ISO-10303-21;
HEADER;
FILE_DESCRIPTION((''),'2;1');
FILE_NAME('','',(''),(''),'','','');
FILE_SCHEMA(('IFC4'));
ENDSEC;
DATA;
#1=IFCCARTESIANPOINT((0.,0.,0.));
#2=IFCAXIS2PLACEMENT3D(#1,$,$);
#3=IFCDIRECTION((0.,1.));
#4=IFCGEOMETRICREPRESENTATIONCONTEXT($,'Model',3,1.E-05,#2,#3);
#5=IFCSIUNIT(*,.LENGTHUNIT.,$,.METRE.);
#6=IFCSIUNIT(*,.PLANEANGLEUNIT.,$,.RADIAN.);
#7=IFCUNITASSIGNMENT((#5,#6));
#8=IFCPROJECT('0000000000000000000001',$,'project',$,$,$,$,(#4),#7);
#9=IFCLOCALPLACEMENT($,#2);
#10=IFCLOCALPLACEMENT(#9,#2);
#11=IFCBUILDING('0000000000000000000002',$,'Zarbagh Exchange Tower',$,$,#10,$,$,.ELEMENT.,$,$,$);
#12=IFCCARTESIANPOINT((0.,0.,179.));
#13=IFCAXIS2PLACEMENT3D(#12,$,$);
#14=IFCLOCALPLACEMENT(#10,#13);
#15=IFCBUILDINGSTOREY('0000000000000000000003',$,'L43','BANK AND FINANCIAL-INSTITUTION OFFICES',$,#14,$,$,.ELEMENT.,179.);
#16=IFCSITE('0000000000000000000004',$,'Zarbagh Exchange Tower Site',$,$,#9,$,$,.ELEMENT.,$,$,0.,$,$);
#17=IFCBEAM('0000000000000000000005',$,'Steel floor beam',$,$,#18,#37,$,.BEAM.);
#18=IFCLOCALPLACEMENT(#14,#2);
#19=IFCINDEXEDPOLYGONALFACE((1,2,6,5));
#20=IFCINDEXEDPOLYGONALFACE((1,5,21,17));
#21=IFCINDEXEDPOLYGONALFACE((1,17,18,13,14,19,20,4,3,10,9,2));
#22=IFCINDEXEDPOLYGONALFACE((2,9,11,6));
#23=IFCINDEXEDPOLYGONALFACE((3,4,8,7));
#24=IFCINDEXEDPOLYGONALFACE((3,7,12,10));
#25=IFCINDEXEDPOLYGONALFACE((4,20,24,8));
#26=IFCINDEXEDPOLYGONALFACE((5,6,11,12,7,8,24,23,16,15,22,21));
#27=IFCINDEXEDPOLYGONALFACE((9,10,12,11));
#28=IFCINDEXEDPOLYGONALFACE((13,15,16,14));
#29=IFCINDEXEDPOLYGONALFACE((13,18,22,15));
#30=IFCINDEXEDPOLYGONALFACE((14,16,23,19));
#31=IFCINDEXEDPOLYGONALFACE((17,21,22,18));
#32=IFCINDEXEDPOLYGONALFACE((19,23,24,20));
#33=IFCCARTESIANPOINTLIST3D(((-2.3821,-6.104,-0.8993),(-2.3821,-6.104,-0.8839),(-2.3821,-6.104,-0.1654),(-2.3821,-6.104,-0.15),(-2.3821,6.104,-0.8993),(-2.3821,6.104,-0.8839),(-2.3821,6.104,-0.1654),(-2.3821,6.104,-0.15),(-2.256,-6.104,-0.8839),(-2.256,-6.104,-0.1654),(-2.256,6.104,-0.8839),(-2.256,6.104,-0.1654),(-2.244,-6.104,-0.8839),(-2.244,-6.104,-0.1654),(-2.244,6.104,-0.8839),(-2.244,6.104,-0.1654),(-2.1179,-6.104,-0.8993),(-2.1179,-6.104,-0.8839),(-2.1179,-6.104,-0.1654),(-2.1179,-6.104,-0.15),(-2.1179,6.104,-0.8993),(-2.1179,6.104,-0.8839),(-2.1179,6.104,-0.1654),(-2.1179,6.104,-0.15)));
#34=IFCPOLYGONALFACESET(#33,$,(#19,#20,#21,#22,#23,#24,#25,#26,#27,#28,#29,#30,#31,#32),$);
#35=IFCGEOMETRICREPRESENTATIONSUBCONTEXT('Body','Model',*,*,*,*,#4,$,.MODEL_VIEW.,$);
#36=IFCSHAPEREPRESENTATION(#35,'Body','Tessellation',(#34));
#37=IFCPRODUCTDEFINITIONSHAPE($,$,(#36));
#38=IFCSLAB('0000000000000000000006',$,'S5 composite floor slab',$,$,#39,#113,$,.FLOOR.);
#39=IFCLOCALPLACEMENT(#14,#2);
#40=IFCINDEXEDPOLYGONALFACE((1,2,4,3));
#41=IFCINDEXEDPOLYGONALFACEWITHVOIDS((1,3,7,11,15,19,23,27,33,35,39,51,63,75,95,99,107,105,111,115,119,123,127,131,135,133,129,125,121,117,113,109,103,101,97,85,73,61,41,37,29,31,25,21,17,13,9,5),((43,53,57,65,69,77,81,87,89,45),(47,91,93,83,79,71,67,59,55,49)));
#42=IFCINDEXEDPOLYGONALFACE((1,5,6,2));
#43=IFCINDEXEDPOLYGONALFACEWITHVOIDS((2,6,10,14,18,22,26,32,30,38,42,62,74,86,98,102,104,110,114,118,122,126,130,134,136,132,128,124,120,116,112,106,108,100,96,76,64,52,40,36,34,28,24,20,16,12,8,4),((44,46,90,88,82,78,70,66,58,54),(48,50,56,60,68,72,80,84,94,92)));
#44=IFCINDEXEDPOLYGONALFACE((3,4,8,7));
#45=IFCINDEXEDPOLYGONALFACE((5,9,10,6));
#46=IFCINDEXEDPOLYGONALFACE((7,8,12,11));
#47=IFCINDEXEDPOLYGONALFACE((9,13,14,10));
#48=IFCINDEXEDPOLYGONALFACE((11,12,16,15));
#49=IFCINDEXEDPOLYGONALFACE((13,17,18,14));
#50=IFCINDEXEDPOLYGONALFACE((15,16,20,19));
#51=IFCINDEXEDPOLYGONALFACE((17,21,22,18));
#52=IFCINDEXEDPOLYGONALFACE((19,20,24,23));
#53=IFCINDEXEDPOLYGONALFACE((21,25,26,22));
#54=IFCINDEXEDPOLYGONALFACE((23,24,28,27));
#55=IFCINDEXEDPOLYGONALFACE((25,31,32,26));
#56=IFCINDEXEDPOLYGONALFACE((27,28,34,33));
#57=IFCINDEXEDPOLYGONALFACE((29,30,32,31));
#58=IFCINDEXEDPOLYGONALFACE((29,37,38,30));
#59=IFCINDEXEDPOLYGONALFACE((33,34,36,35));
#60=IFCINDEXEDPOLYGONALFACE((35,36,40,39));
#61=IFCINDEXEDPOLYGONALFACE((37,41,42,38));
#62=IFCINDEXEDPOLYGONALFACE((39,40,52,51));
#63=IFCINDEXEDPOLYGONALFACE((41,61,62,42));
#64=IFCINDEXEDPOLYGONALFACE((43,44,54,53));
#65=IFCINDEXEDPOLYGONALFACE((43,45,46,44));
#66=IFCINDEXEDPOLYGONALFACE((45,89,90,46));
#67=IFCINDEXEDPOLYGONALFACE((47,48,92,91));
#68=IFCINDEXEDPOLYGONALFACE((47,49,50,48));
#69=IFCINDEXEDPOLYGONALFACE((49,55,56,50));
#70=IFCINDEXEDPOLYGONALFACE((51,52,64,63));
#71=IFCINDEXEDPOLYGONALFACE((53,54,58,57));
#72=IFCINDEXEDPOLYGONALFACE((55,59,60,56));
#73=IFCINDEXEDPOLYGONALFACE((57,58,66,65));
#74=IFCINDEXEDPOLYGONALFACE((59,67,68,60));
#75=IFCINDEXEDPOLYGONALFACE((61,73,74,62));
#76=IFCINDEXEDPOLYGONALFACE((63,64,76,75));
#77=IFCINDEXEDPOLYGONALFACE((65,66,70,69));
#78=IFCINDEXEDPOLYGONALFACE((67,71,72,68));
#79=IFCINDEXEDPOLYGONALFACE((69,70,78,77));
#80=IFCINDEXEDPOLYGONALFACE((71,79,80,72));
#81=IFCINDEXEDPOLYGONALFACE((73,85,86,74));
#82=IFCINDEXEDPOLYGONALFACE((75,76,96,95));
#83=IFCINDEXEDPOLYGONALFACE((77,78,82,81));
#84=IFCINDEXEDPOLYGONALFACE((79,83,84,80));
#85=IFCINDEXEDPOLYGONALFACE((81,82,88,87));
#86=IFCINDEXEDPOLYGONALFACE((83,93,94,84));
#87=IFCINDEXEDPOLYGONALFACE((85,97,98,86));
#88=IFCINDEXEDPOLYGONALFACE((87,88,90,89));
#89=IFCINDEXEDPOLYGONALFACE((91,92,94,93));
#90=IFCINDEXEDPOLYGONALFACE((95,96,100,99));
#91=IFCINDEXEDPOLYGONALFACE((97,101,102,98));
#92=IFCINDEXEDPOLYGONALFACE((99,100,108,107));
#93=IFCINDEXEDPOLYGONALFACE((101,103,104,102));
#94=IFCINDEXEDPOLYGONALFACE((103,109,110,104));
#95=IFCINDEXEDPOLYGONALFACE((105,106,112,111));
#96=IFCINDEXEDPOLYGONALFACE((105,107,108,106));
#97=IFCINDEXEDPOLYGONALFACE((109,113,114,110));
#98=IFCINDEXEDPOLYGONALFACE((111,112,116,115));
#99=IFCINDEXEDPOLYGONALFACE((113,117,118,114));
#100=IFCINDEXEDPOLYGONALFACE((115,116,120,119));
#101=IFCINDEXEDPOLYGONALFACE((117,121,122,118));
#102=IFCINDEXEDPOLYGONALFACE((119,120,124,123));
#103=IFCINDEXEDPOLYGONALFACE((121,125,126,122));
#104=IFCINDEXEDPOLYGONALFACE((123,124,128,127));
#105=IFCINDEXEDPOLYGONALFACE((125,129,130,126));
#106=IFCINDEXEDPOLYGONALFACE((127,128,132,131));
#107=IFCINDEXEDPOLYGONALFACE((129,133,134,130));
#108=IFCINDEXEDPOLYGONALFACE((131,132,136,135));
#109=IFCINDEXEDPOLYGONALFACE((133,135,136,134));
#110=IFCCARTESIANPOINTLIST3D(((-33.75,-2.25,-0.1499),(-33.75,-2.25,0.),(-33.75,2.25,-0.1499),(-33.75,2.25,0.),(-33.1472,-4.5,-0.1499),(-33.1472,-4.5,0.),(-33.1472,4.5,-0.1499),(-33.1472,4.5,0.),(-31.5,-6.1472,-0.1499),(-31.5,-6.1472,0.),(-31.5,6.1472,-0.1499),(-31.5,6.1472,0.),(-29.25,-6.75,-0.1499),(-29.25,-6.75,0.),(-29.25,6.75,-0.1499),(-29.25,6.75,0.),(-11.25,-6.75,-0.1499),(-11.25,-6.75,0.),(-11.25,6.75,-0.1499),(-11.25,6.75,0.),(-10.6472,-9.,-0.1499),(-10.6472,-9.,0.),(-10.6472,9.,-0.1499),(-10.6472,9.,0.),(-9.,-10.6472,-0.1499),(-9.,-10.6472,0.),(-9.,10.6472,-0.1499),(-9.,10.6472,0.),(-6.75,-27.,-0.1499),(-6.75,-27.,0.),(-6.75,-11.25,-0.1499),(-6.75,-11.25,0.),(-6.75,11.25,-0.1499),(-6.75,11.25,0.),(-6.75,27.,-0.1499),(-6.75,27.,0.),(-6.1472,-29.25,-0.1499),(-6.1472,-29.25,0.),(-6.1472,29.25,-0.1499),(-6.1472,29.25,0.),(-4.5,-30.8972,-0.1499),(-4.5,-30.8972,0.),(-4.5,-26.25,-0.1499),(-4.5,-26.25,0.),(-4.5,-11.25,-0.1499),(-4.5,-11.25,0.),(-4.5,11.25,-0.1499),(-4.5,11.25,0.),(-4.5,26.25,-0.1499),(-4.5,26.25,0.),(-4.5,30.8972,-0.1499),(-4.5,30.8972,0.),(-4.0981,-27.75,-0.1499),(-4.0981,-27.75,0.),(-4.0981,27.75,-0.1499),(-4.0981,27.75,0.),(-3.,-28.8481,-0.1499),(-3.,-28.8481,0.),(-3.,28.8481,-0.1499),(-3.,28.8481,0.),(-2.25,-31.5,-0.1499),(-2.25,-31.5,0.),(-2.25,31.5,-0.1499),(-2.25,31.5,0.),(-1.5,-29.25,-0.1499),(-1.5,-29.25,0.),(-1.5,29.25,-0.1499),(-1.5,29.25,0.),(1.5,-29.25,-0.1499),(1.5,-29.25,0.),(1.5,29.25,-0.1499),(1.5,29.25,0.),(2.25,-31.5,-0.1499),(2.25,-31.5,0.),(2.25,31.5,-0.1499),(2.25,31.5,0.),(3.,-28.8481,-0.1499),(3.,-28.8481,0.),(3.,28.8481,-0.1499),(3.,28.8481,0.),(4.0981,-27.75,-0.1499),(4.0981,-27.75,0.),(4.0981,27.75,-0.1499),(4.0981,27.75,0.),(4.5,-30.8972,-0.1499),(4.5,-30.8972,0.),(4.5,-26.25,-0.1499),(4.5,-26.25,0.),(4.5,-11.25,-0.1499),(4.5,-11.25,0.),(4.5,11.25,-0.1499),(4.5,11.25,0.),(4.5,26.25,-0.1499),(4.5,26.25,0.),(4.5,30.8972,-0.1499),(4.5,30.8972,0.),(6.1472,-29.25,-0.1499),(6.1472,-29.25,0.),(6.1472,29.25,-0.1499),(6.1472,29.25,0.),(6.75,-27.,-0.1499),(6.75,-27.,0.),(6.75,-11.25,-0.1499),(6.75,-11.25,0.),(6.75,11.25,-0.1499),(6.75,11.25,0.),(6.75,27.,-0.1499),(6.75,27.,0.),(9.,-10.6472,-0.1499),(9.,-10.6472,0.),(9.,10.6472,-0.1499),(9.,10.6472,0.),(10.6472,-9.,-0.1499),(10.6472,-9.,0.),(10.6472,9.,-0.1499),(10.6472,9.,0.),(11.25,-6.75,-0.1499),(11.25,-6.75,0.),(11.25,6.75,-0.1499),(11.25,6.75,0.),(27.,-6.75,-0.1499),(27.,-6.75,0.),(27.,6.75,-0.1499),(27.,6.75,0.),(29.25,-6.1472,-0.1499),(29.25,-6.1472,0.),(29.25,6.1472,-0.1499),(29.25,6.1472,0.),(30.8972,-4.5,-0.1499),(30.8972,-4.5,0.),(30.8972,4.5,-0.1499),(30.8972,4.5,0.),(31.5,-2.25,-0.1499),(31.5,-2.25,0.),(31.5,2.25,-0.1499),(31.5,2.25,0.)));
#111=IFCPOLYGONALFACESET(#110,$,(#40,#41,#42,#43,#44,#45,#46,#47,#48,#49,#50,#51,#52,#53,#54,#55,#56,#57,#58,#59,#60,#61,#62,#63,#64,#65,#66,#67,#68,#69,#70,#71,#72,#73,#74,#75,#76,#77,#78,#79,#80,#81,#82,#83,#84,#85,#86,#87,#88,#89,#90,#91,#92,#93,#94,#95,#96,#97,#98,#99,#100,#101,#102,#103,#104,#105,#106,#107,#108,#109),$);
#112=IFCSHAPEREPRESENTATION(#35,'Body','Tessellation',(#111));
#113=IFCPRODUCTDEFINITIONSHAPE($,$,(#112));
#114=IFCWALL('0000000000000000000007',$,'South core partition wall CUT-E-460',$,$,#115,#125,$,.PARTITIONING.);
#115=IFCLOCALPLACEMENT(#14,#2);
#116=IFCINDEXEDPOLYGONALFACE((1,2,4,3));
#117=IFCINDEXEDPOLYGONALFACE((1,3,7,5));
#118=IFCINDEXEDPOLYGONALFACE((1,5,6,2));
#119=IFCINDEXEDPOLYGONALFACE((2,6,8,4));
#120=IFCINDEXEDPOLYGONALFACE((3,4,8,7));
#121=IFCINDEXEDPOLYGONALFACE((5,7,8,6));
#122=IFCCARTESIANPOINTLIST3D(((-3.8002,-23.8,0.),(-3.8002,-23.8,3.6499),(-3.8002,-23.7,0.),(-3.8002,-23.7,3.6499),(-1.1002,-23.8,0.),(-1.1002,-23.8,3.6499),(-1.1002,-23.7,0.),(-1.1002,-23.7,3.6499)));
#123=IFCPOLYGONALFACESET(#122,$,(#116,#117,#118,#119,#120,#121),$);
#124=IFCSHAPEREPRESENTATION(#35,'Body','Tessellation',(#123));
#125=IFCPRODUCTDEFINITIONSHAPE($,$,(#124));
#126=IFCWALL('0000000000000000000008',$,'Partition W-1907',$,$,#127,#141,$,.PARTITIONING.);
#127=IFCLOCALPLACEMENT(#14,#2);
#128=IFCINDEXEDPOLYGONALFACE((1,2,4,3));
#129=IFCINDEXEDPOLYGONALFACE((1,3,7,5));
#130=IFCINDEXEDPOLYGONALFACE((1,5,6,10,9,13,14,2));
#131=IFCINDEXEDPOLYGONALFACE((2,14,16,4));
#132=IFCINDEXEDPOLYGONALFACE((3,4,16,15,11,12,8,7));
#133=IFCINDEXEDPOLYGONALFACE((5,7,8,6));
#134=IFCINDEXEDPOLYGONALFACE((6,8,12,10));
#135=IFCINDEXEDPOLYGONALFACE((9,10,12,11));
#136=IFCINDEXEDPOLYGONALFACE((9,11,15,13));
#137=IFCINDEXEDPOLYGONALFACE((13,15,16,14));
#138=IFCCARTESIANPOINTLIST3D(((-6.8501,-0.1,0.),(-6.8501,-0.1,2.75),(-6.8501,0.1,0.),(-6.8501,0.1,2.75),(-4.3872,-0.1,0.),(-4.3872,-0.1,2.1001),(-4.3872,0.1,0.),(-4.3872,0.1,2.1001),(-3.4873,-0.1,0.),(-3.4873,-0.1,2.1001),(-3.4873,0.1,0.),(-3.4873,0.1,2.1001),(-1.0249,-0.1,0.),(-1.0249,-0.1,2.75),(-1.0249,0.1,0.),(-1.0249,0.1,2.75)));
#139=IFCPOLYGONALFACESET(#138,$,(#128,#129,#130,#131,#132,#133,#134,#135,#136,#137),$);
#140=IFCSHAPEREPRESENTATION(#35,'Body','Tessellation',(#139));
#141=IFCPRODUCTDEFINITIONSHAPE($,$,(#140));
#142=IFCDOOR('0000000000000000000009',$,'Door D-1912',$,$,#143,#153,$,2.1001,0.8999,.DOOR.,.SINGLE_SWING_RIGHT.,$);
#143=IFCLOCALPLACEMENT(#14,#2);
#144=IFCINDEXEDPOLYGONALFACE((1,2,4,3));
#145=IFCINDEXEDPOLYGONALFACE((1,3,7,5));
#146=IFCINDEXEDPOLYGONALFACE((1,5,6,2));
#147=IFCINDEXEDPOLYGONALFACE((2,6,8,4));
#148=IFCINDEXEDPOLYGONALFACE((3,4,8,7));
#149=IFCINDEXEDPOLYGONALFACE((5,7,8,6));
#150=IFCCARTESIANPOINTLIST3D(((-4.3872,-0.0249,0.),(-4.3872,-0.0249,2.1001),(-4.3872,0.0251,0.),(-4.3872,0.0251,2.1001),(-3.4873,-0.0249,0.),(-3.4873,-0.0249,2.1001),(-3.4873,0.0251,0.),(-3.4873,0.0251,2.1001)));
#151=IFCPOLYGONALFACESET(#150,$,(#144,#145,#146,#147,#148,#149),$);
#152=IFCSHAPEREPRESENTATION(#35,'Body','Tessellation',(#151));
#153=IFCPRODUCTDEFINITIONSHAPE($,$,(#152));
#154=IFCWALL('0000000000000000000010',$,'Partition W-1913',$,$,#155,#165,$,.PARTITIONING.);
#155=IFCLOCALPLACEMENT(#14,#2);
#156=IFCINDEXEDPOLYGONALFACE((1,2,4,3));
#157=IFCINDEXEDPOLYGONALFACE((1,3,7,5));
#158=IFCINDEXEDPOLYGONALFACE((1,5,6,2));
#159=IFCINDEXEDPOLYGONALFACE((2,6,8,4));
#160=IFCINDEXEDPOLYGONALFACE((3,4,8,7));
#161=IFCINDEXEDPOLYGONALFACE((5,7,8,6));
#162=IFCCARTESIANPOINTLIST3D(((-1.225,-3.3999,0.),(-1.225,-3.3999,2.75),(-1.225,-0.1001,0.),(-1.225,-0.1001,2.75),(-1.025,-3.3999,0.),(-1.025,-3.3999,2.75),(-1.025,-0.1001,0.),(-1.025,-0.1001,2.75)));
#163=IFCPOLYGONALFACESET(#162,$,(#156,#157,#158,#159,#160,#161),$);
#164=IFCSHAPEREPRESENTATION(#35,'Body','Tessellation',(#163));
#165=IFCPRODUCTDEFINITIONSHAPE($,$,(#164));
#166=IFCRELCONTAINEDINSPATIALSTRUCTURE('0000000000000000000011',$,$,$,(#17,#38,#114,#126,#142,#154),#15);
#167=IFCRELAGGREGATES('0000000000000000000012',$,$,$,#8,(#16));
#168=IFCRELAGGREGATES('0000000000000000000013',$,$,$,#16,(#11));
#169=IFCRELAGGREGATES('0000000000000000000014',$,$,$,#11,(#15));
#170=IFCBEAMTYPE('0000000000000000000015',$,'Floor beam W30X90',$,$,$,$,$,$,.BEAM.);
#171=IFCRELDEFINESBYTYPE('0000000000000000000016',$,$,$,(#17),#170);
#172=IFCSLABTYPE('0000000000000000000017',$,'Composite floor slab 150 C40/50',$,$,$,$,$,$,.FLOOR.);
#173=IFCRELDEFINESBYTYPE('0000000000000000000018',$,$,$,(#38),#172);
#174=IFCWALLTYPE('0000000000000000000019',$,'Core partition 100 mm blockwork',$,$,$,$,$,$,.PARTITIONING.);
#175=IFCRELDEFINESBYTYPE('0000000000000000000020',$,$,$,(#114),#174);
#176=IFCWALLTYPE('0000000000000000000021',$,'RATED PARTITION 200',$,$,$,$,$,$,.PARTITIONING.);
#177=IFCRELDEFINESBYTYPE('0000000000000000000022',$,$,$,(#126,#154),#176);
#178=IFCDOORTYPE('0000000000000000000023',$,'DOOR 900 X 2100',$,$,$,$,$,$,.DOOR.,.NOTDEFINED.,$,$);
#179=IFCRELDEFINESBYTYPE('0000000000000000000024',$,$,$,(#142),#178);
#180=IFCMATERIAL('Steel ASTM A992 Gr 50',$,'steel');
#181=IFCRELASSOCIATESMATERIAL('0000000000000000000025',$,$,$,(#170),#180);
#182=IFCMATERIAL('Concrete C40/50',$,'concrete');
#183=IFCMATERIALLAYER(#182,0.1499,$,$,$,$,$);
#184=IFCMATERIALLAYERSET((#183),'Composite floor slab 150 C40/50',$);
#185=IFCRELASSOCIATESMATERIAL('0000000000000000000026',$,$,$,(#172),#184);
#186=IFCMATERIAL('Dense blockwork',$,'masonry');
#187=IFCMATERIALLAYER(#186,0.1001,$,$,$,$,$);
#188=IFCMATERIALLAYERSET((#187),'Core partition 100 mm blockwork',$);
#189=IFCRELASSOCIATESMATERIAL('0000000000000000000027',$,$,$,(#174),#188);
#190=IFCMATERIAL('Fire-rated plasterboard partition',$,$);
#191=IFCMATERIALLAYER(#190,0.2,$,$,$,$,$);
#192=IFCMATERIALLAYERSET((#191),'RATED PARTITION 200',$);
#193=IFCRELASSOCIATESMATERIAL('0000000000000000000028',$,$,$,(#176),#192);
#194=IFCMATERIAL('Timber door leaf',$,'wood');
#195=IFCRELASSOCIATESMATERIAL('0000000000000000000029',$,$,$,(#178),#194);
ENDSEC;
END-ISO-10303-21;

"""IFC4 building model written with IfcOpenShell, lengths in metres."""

from ifc_helpers import new_model, si_unit, direction, frame, frame_2d, origin, origin_2d, place, context, subcontext, project, spatial, polyline, rectangle, i_section, outline, extrude, material, layer, layer_set, material_profile, profile_set, type_object, element, fill, save


model = new_model("IFC4")

# Units and contexts
model_context = context("Model", 3, precision=1e-05, world=origin(), true_north=direction((0.0, 1.0)))
body_context = subcontext(model_context, "Body", "Model", "MODEL_VIEW")
ifc_project = project(units=[si_unit("LENGTHUNIT", "METRE"), si_unit("PLANEANGLEUNIT", "RADIAN")], contexts=[model_context])

# Site, building, storey
site_placement = place(None, origin())
site = spatial("IfcSite", under=ifc_project, at=site_placement, Name="Zarbagh Exchange Tower Site", CompositionType="ELEMENT", RefElevation=0.0)
building_placement = place(site_placement, origin())
building = spatial("IfcBuilding", under=site, at=building_placement, Name="Zarbagh Exchange Tower", CompositionType="ELEMENT")
storey_placement = place(building_placement, frame((0.0, 0.0, 179.0)))
storey = spatial("IfcBuildingStorey", under=building, at=storey_placement, Name="L43", Description="BANK AND FINANCIAL-INSTITUTION OFFICES", CompositionType="ELEMENT", Elevation=179.0)

# Beam
ifc_material_1 = material(Name="Steel ASTM A992 Gr 50", Category="steel")
ifc_material_profile = material_profile(ifc_material_1, i_section(OverallWidth=0.2642, OverallDepth=0.7493, WebThickness=0.012, FlangeThickness=0.0154, at=origin_2d()), Name="W30X90")
ifc_profile_set = profile_set([ifc_material_profile], Name="Steel ASTM A992 Gr 50")
beam_type = type_object("IfcBeamType", Name="Floor beam W30X90", PredefinedType="BEAM", material=ifc_profile_set)
beam_placement = place(storey_placement, frame((-2.25, -6.104, -0.5247), z_axis=(0.0, 1.0, 0.0), x_axis=(-1.0, 0.0, 0.0)))
element("IfcBeam", 1, at=beam_placement, inside=storey, type_object=beam_type, Name="Steel floor beam", PredefinedType="BEAM", context=body_context, shape_type="SweptSolid", body=[
    extrude(i_section(OverallWidth=0.2642, OverallDepth=0.7493, WebThickness=0.012, FlangeThickness=0.0154, at=origin_2d()), origin(), (0.0, 0.0, 1.0), 12.208),
])

# Slab
ifc_material_2 = material(Name="Concrete C40/50", Category="concrete")
ifc_layer_1 = layer(ifc_material_2, 0.1499)
ifc_layer_set_1 = layer_set([ifc_layer_1], Name="Composite floor slab 150 C40/50")
slab_type = type_object("IfcSlabType", Name="Composite floor slab 150 C40/50", PredefinedType="FLOOR", material=ifc_layer_set_1)
slab_placement = place(storey_placement, frame((0.0, 0.0, -0.1499)))
element("IfcSlab", 2, at=slab_placement, inside=storey, type_object=slab_type, Name="S5 composite floor slab", PredefinedType="FLOOR", context=body_context, shape_type="SweptSolid", body=[
    extrude(outline(polyline([(-2.25, -31.5), (-4.5, -30.8972), (-6.1472, -29.25), (-6.75, -27.0), (-6.75, -11.25), (-9.0, -10.6472), (-10.6472, -9.0), (-11.25, -6.75), (-29.25, -6.75), (-31.5, -6.1472), (-33.1472, -4.5), (-33.75, -2.25), (-33.75, 2.25), (-33.1472, 4.5), (-31.5, 6.1472), (-29.25, 6.75), (-11.25, 6.75), (-10.6472, 9.0), (-9.0, 10.6472), (-6.75, 11.25), (-6.75, 27.0), (-6.1472, 29.25), (-4.5, 30.8972), (-2.25, 31.5), (2.25, 31.5), (4.5, 30.8972), (6.1472, 29.25), (6.75, 27.0), (6.75, 11.25), (9.0, 10.6472), (10.6472, 9.0), (11.25, 6.75), (27.0, 6.75), (29.25, 6.1472), (30.8972, 4.5), (31.5, 2.25), (31.5, -2.25), (30.8972, -4.5), (29.25, -6.1472), (27.0, -6.75), (11.25, -6.75), (10.6472, -9.0), (9.0, -10.6472), (6.75, -11.25), (6.75, -27.0), (6.1472, -29.25), (4.5, -30.8972), (2.25, -31.5), (-2.25, -31.5)]), holes=[polyline([(4.5, 11.25), (4.5, 26.25), (4.0981, 27.75), (3.0, 28.8481), (1.5, 29.25), (-1.5, 29.25), (-3.0, 28.8481), (-4.0981, 27.75), (-4.5, 26.25), (-4.5, 11.25), (4.5, 11.25)]), polyline([(-1.5, -29.25), (1.5, -29.25), (3.0, -28.8481), (4.0981, -27.75), (4.5, -26.25), (4.5, -11.25), (-4.5, -11.25), (-4.5, -26.25), (-4.0981, -27.75), (-3.0, -28.8481), (-1.5, -29.25)])]), origin(), (0.0, 0.0, 1.0), 0.1499),
])

# Wall
ifc_material_3 = material(Name="Dense blockwork", Category="masonry")
ifc_layer_2 = layer(ifc_material_3, 0.1001)
ifc_layer_set_2 = layer_set([ifc_layer_2], Name="Core partition 100 mm blockwork")
wall_type_1 = type_object("IfcWallType", Name="Core partition 100 mm blockwork", PredefinedType="PARTITIONING", material=ifc_layer_set_2)
wall_1_placement = place(storey_placement, frame((-1.1001, -23.75, 0.0), z_axis=(0.0, 0.0, 1.0), x_axis=(-1.0, 0.0, 0.0)))
element("IfcWall", 3, at=wall_1_placement, inside=storey, type_object=wall_type_1, Name="South core partition wall CUT-E-460", PredefinedType="PARTITIONING", context=body_context, shape_type="SweptSolid", body=[
    extrude(rectangle(XDim=2.7, YDim=0.1001, at=frame_2d((1.3501, 0.0))), origin(), (0.0, 0.0, 1.0), 3.6499),
])

# Wall, opening, door
ifc_material_4 = material(Name="Fire-rated plasterboard partition")
ifc_layer_3 = layer(ifc_material_4, 0.2)
ifc_layer_set_3 = layer_set([ifc_layer_3], Name="RATED PARTITION 200")
wall_type_2 = type_object("IfcWallType", Name="RATED PARTITION 200", PredefinedType="PARTITIONING", material=ifc_layer_set_3)
wall_2_placement = place(storey_placement, frame((-1.0249, 0.0, 0.0), z_axis=(0.0, 0.0, 1.0), x_axis=(-1.0, 0.0, 0.0)))
wall_2 = element("IfcWall", 4, at=wall_2_placement, inside=storey, type_object=wall_type_2, Name="Partition W-1907", PredefinedType="PARTITIONING", context=body_context, shape_type="SweptSolid", body=[
    extrude(rectangle(XDim=5.8252, YDim=0.2, at=frame_2d((2.9126, 0.0))), origin(), (0.0, 0.0, 1.0), 2.75),
])
opening_1_placement = place(wall_2_placement, frame((2.4624, 0.0, 0.0)))
opening_1 = element("IfcOpeningElement", 5, at=opening_1_placement, cuts=wall_2, PredefinedType="OPENING", context=body_context, shape_type="SweptSolid", body=[
    extrude(rectangle(XDim=0.8999, YDim=2.1001, at=frame_2d((0.45, 1.05))), frame((0.0, 0.1099, 0.0), z_axis=(0.0, -1.0, 0.0), x_axis=(1.0, 0.0, 0.0)), (0.0, 0.0, 1.0), 0.22),
])
ifc_material_5 = material(Name="Timber door leaf", Category="wood")
door_type_1 = type_object("IfcDoorType", Name="DOOR 900 X 2100", OperationType="NOTDEFINED", PredefinedType="DOOR", material=ifc_material_5)
door_1_placement = place(opening_1_placement, origin())
door_1 = element("IfcDoor", 6, at=door_1_placement, inside=storey, type_object=door_type_1, Name="Door D-1912", OperationType="SINGLE_SWING_RIGHT", OverallHeight=2.1001, OverallWidth=0.8999, PredefinedType="DOOR", context=body_context, shape_type="SweptSolid", body=[
    extrude(rectangle(XDim=0.8999, YDim=2.1001, at=frame_2d((0.45, 1.05))), frame((0.0, 0.0249, 0.0), z_axis=(0.0, -1.0, 0.0), x_axis=(1.0, 0.0, 0.0)), (0.0, 0.0, 1.0), 0.05),
])
fill(opening_1, door_1)

# Wall
wall_3_placement = place(storey_placement, frame((-1.125, -3.3999, 0.0), z_axis=(0.0, 0.0, 1.0), x_axis=(0.0, 1.0, 0.0)))
element("IfcWall", 7, at=wall_3_placement, inside=storey, type_object=wall_type_2, Name="Partition W-1913", PredefinedType="PARTITIONING", context=body_context, shape_type="SweptSolid", body=[
    extrude(rectangle(XDim=3.2998, YDim=0.2, at=frame_2d((1.6499, 0.0))), origin(), (0.0, 0.0, 1.0), 2.75),
])

save(model, "model.ifc")
